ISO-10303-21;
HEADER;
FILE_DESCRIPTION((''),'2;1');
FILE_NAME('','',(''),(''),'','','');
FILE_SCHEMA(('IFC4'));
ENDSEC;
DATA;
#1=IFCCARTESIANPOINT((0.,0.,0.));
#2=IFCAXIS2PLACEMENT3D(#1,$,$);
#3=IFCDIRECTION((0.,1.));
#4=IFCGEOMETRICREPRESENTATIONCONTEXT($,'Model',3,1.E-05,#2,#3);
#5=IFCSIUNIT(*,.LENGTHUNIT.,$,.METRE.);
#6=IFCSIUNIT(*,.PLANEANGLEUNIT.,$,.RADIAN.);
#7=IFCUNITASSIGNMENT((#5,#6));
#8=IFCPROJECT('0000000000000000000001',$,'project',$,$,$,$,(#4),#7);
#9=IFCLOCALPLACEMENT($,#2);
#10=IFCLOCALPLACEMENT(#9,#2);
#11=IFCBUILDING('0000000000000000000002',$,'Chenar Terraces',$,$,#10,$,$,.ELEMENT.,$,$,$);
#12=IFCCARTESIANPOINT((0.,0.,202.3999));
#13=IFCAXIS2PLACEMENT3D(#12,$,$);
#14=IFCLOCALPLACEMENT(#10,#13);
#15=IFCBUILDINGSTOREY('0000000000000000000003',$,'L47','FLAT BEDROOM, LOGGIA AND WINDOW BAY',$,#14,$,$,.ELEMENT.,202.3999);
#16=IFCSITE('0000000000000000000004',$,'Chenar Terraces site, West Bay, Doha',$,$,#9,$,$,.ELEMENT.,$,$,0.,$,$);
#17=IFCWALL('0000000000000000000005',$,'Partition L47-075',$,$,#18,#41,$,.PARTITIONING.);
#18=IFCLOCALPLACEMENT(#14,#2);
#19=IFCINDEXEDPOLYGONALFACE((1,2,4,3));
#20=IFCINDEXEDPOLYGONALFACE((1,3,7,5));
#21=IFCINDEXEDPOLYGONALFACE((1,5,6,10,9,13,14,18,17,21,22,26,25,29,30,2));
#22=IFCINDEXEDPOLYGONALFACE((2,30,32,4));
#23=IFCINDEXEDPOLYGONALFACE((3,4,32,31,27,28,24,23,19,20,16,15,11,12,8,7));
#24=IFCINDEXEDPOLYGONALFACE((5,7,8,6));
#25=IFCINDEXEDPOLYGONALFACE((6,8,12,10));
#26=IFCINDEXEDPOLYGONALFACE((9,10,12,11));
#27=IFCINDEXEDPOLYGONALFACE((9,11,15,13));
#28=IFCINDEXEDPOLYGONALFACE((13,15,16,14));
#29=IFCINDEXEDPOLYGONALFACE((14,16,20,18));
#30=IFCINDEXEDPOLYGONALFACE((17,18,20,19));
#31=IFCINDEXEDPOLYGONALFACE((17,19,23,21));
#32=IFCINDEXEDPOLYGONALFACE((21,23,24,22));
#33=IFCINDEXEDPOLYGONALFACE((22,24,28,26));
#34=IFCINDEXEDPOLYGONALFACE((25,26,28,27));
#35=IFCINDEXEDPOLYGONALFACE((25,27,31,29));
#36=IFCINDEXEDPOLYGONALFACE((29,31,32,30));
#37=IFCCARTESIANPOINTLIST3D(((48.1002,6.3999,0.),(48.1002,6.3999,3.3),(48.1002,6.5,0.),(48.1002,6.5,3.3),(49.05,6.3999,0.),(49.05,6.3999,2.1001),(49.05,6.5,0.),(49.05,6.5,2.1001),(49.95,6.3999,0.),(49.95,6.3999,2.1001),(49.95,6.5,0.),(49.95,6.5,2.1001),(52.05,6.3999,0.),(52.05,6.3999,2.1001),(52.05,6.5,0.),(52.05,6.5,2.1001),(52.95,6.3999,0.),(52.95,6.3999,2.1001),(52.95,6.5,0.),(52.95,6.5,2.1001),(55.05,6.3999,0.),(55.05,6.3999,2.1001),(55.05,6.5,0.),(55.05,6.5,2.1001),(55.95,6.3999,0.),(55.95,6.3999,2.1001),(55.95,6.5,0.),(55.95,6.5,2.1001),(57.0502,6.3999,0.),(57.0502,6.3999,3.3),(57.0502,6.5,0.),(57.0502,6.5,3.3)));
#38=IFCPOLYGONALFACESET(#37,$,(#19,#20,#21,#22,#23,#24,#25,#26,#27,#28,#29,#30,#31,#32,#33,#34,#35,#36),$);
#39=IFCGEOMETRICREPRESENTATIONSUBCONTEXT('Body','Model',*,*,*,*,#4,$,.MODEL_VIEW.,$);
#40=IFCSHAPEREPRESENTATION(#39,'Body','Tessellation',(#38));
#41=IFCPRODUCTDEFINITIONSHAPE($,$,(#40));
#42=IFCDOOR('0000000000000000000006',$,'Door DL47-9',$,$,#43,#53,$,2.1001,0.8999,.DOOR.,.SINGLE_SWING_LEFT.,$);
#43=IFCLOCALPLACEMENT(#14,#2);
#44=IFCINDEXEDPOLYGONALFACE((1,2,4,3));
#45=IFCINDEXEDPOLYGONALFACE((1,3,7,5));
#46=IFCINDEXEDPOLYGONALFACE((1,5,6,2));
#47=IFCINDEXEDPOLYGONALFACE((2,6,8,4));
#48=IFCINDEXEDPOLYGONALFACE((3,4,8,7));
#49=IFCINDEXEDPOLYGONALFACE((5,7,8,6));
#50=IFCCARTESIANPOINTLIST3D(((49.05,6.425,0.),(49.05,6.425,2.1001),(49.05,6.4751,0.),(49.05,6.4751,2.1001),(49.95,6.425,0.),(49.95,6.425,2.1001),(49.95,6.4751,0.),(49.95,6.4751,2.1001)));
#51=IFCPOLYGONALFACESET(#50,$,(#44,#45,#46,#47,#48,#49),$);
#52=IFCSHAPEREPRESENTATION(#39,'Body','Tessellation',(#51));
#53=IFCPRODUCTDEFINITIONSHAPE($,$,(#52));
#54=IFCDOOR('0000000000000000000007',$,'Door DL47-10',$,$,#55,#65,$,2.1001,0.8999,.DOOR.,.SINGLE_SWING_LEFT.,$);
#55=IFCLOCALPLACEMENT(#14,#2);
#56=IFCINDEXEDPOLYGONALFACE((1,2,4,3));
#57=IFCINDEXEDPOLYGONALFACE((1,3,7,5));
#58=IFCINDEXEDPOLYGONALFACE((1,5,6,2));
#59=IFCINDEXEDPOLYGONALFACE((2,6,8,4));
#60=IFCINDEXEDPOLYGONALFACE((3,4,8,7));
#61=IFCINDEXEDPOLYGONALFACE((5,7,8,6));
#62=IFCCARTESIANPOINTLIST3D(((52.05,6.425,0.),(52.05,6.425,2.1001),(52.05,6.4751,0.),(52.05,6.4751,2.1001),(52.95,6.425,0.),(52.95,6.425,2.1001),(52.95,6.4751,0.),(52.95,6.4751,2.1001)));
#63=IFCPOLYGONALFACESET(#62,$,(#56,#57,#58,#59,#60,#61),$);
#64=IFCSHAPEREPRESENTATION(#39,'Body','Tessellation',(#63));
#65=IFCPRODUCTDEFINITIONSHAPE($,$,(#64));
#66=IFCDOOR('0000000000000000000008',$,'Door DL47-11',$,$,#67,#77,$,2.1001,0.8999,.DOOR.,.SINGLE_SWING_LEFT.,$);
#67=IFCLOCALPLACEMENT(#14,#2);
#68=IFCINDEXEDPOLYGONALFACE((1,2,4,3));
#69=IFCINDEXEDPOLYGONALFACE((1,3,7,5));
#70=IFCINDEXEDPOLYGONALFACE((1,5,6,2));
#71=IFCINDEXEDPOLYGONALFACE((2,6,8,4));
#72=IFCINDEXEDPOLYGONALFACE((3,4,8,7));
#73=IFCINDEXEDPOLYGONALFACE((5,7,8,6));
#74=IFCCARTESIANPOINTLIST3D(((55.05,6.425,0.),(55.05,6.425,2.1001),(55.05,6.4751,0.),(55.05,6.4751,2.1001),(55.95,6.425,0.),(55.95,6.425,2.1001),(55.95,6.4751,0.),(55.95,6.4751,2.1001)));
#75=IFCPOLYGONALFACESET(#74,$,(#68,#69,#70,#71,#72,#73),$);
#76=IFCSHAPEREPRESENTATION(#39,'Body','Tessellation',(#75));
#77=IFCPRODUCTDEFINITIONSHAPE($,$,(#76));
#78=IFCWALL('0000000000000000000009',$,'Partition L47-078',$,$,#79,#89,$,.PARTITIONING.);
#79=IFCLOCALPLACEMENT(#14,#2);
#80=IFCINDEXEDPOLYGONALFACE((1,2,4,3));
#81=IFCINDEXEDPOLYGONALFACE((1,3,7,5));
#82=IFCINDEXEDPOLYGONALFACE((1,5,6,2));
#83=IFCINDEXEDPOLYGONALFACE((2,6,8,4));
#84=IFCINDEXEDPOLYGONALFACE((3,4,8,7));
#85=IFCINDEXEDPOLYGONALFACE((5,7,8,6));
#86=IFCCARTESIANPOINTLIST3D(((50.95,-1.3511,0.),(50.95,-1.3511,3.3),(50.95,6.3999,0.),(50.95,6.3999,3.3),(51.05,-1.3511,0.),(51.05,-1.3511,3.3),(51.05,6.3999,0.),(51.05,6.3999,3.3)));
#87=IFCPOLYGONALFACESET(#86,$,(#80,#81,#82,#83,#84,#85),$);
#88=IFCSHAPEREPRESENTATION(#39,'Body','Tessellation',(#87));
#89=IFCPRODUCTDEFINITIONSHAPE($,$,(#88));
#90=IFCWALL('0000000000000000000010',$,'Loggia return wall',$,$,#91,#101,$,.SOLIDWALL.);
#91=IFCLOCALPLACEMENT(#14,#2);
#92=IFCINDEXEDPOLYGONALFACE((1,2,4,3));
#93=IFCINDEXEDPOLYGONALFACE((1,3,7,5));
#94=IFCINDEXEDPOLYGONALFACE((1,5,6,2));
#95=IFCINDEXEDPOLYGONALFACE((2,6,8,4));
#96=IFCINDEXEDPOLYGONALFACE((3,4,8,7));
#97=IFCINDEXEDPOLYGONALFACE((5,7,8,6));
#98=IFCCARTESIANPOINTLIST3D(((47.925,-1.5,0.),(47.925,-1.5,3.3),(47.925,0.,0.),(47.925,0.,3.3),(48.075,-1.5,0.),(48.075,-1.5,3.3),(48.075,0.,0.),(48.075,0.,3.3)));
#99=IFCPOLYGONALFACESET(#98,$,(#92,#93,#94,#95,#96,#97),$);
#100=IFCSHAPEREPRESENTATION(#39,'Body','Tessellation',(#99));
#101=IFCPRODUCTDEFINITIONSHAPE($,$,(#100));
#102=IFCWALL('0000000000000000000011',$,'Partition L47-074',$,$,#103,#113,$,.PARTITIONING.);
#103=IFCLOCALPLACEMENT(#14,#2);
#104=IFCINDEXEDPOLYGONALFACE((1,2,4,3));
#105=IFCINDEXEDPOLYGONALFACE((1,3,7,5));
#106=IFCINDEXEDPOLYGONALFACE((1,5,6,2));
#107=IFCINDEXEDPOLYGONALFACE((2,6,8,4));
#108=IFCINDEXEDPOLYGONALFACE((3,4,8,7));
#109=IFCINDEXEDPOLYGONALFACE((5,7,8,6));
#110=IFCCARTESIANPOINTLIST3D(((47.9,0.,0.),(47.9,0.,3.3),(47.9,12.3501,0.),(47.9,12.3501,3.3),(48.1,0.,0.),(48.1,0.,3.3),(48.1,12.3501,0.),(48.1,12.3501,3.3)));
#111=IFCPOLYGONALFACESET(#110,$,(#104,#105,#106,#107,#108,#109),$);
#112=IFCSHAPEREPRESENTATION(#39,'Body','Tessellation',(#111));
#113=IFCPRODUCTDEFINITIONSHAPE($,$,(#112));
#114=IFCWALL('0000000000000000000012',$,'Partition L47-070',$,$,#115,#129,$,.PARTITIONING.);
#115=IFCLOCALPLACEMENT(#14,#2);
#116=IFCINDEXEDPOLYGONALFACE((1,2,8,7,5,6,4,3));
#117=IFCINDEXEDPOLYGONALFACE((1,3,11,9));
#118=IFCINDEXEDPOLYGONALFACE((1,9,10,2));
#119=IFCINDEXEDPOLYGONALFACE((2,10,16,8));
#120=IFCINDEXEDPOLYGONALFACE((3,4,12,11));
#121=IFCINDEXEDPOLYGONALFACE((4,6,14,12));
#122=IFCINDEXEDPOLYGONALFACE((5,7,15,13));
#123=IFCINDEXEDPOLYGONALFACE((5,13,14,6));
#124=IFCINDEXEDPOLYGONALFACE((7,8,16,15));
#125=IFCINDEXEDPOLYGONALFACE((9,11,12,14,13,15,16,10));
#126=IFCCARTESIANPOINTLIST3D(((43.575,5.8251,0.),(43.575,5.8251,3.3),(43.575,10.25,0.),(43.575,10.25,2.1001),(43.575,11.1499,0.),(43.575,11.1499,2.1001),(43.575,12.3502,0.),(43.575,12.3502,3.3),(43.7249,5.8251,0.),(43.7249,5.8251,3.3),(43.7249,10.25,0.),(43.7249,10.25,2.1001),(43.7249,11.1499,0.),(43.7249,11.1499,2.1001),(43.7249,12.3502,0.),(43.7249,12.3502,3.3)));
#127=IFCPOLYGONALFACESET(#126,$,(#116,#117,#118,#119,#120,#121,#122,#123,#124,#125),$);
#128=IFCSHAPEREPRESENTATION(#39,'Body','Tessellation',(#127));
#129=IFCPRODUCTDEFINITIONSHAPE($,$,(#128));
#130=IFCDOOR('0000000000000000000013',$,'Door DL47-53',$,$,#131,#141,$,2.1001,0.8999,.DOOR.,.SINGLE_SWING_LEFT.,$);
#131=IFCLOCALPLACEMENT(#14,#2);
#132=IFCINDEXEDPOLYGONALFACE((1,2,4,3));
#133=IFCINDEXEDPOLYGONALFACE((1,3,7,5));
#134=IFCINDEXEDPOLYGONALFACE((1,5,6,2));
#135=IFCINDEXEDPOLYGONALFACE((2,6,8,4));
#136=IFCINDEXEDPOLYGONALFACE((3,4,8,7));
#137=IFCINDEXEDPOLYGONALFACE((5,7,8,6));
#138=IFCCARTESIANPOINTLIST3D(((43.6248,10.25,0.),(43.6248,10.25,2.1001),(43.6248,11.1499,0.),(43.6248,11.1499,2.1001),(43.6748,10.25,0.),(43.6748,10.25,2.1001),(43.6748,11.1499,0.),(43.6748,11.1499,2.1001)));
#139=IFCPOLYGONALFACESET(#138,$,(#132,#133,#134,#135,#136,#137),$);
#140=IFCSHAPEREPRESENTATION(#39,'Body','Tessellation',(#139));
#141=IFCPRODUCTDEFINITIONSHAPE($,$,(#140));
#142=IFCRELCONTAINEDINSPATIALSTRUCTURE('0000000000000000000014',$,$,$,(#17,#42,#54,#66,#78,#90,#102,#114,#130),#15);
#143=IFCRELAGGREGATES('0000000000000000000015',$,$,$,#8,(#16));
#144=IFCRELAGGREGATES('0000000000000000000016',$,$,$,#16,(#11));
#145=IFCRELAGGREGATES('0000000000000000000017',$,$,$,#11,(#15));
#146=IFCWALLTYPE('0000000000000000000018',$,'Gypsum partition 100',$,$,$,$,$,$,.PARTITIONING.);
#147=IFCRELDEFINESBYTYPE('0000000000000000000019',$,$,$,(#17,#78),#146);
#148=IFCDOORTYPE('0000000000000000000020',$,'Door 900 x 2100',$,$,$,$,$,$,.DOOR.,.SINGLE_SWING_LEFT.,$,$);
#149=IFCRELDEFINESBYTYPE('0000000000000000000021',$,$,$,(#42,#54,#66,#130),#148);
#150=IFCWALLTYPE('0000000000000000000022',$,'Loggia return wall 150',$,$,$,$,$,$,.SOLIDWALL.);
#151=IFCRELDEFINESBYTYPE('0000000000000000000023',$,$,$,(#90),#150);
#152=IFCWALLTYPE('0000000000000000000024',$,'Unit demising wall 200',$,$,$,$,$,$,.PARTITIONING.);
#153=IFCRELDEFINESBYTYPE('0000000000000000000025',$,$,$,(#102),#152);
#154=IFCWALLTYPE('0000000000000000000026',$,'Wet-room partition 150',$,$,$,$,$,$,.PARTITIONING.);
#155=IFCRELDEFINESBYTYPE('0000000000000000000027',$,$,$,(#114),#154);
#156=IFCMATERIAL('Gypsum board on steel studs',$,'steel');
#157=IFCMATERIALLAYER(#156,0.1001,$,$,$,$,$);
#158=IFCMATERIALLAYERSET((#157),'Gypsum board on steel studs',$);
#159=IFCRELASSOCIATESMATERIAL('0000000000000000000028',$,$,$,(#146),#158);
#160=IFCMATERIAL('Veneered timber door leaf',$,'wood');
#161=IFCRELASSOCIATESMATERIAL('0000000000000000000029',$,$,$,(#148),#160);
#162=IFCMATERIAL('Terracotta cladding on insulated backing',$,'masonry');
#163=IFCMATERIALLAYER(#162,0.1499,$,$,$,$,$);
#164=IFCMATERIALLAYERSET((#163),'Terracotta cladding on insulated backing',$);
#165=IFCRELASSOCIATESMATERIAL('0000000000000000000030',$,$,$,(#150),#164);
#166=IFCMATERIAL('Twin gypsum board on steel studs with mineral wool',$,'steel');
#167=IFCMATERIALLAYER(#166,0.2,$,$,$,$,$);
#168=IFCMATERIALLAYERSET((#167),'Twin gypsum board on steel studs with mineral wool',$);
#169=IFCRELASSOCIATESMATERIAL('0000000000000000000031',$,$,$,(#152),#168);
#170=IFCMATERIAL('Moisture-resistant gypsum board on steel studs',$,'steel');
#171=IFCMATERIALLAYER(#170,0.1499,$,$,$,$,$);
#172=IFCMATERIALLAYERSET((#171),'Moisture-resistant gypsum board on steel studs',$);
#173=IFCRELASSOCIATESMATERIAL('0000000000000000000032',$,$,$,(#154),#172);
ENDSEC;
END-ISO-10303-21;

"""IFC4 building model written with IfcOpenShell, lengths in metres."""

from ifc_helpers import new_model, si_unit, direction, frame, frame_2d, origin, place, context, subcontext, project, spatial, rectangle, extrude, material, layer, layer_set, type_object, element, fill, save


model = new_model("IFC4")

# Units and contexts
model_context = context("Model", 3, precision=1e-05, world=origin(), true_north=direction((0.0, 1.0)))
body_context = subcontext(model_context, "Body", "Model", "MODEL_VIEW")
ifc_project = project(units=[si_unit("LENGTHUNIT", "METRE"), si_unit("PLANEANGLEUNIT", "RADIAN")], contexts=[model_context])

# Site, building, storey
site_placement = place(None, origin())
site = spatial("IfcSite", under=ifc_project, at=site_placement, Name="Chenar Terraces site, West Bay, Doha", CompositionType="ELEMENT", RefElevation=0.0)
building_placement = place(site_placement, origin())
building = spatial("IfcBuilding", under=site, at=building_placement, Name="Chenar Terraces", CompositionType="ELEMENT")
storey_placement = place(building_placement, frame((0.0, 0.0, 202.3999)))
storey = spatial("IfcBuildingStorey", under=building, at=storey_placement, Name="L47", Description="FLAT BEDROOM, LOGGIA AND WINDOW BAY", CompositionType="ELEMENT", Elevation=202.3999)

# Wall, openings, doors
ifc_material_1 = material(Name="Gypsum board on steel studs", Category="steel")
ifc_layer_1 = layer(ifc_material_1, 0.1001)
ifc_layer_set_1 = layer_set([ifc_layer_1], Name="Gypsum board on steel studs")
wall_type_1 = type_object("IfcWallType", Name="Gypsum partition 100", PredefinedType="PARTITIONING", material=ifc_layer_set_1)
wall_1_placement = place(storey_placement, frame((48.1001, 6.45, 0.0), z_axis=(0.0, 0.0, 1.0), x_axis=(1.0, 0.0, 0.0)))
wall_1 = element("IfcWall", 1, at=wall_1_placement, inside=storey, type_object=wall_type_1, Name="Partition L47-075", PredefinedType="PARTITIONING", context=body_context, shape_type="SweptSolid", body=[
    extrude(rectangle(XDim=8.95, YDim=0.1001, at=frame_2d((4.4751, 0.0))), origin(), (0.0, 0.0, 1.0), 3.3),
])
opening_1_placement = place(wall_1_placement, frame((0.95, 0.0, 0.0)))
opening_1 = element("IfcOpeningElement", 2, at=opening_1_placement, cuts=wall_1, PredefinedType="OPENING", context=body_context, shape_type="SweptSolid", body=[
    extrude(rectangle(XDim=0.8999, YDim=2.1001, at=frame_2d((0.45, 1.05))), frame((0.0, 0.0601, 0.0), z_axis=(0.0, -1.0, 0.0), x_axis=(1.0, 0.0, 0.0)), (0.0, 0.0, 1.0), 0.1201),
])
opening_2_placement = place(wall_1_placement, frame((3.95, 0.0, 0.0)))
opening_2 = element("IfcOpeningElement", 3, at=opening_2_placement, cuts=wall_1, PredefinedType="OPENING", context=body_context, shape_type="SweptSolid", body=[
    extrude(rectangle(XDim=0.8999, YDim=2.1001, at=frame_2d((0.45, 1.05))), frame((0.0, 0.0601, 0.0), z_axis=(0.0, -1.0, 0.0), x_axis=(1.0, 0.0, 0.0)), (0.0, 0.0, 1.0), 0.1201),
])
opening_3_placement = place(wall_1_placement, frame((6.95, 0.0, 0.0)))
opening_3 = element("IfcOpeningElement", 4, at=opening_3_placement, cuts=wall_1, PredefinedType="OPENING", context=body_context, shape_type="SweptSolid", body=[
    extrude(rectangle(XDim=0.8999, YDim=2.1001, at=frame_2d((0.45, 1.05))), frame((0.0, 0.0601, 0.0), z_axis=(0.0, -1.0, 0.0), x_axis=(1.0, 0.0, 0.0)), (0.0, 0.0, 1.0), 0.1201),
])
ifc_material_2 = material(Name="Veneered timber door leaf", Category="wood")
door_type_1 = type_object("IfcDoorType", Name="Door 900 x 2100", OperationType="SINGLE_SWING_LEFT", PredefinedType="DOOR", material=ifc_material_2)
door_1_placement = place(opening_1_placement, frame((0.8999, 0.0, 0.0), z_axis=(0.0, 0.0, 1.0), x_axis=(-1.0, 0.0, 0.0)))
door_1 = element("IfcDoor", 5, at=door_1_placement, inside=storey, type_object=door_type_1, Name="Door DL47-9", OperationType="SINGLE_SWING_LEFT", OverallHeight=2.1001, OverallWidth=0.8999, PredefinedType="DOOR", context=body_context, shape_type="SweptSolid", body=[
    extrude(rectangle(XDim=0.8999, YDim=2.1001, at=frame_2d((0.45, 1.05))), frame((0.0, 0.0249, 0.0), z_axis=(0.0, -1.0, 0.0), x_axis=(1.0, 0.0, 0.0)), (0.0, 0.0, 1.0), 0.05),
])
fill(opening_1, door_1)
door_2_placement = place(opening_2_placement, frame((0.8999, 0.0, 0.0), z_axis=(0.0, 0.0, 1.0), x_axis=(-1.0, 0.0, 0.0)))
door_2 = element("IfcDoor", 6, at=door_2_placement, inside=storey, type_object=door_type_1, Name="Door DL47-10", OperationType="SINGLE_SWING_LEFT", OverallHeight=2.1001, OverallWidth=0.8999, PredefinedType="DOOR", context=body_context, shape_type="SweptSolid", body=[
    extrude(rectangle(XDim=0.8999, YDim=2.1001, at=frame_2d((0.45, 1.05))), frame((0.0, 0.0249, 0.0), z_axis=(0.0, -1.0, 0.0), x_axis=(1.0, 0.0, 0.0)), (0.0, 0.0, 1.0), 0.05),
])
fill(opening_2, door_2)
door_3_placement = place(opening_3_placement, frame((0.8999, 0.0, 0.0), z_axis=(0.0, 0.0, 1.0), x_axis=(-1.0, 0.0, 0.0)))
door_3 = element("IfcDoor", 7, at=door_3_placement, inside=storey, type_object=door_type_1, Name="Door DL47-11", OperationType="SINGLE_SWING_LEFT", OverallHeight=2.1001, OverallWidth=0.8999, PredefinedType="DOOR", context=body_context, shape_type="SweptSolid", body=[
    extrude(rectangle(XDim=0.8999, YDim=2.1001, at=frame_2d((0.45, 1.05))), frame((0.0, 0.0249, 0.0), z_axis=(0.0, -1.0, 0.0), x_axis=(1.0, 0.0, 0.0)), (0.0, 0.0, 1.0), 0.05),
])
fill(opening_3, door_3)

# Walls
wall_2_placement = place(storey_placement, frame((51.0, -1.3511, 0.0), z_axis=(0.0, 0.0, 1.0), x_axis=(0.0, 1.0, 0.0)))
element("IfcWall", 8, at=wall_2_placement, inside=storey, type_object=wall_type_1, Name="Partition L47-078", PredefinedType="PARTITIONING", context=body_context, shape_type="SweptSolid", body=[
    extrude(rectangle(XDim=7.751, YDim=0.1001, at=frame_2d((3.8755, 0.0))), origin(), (0.0, 0.0, 1.0), 3.3),
])
ifc_material_3 = material(Name="Terracotta cladding on insulated backing", Category="masonry")
ifc_layer_2 = layer(ifc_material_3, 0.1499)
ifc_layer_set_2 = layer_set([ifc_layer_2], Name="Terracotta cladding on insulated backing")
wall_type_2 = type_object("IfcWallType", Name="Loggia return wall 150", PredefinedType="SOLIDWALL", material=ifc_layer_set_2)
wall_3_placement = place(storey_placement, frame((48.0, -1.5, 0.0), z_axis=(0.0, 0.0, 1.0), x_axis=(0.0, 1.0, 0.0)))
element("IfcWall", 9, at=wall_3_placement, inside=storey, type_object=wall_type_2, Name="Loggia return wall", PredefinedType="SOLIDWALL", context=body_context, shape_type="SweptSolid", body=[
    extrude(rectangle(XDim=1.5, YDim=0.1499, at=frame_2d((0.75, 0.0))), origin(), (0.0, 0.0, 1.0), 3.3),
])
ifc_material_4 = material(Name="Twin gypsum board on steel studs with mineral wool", Category="steel")
ifc_layer_3 = layer(ifc_material_4, 0.2)
ifc_layer_set_3 = layer_set([ifc_layer_3], Name="Twin gypsum board on steel studs with mineral wool")
wall_type_3 = type_object("IfcWallType", Name="Unit demising wall 200", PredefinedType="PARTITIONING", material=ifc_layer_set_3)
wall_4_placement = place(storey_placement, frame((48.0, 0.0, 0.0), z_axis=(0.0, 0.0, 1.0), x_axis=(0.0, 1.0, 0.0)))
element("IfcWall", 10, at=wall_4_placement, inside=storey, type_object=wall_type_3, Name="Partition L47-074", PredefinedType="PARTITIONING", context=body_context, shape_type="SweptSolid", body=[
    extrude(rectangle(XDim=12.3501, YDim=0.2, at=frame_2d((6.175, 0.0))), origin(), (0.0, 0.0, 1.0), 3.3),
])

# Wall, opening, door
ifc_material_5 = material(Name="Moisture-resistant gypsum board on steel studs", Category="steel")
ifc_layer_4 = layer(ifc_material_5, 0.1499)
ifc_layer_set_4 = layer_set([ifc_layer_4], Name="Moisture-resistant gypsum board on steel studs")
wall_type_4 = type_object("IfcWallType", Name="Wet-room partition 150", PredefinedType="PARTITIONING", material=ifc_layer_set_4)
wall_5_placement = place(storey_placement, frame((43.6499, 5.825, 0.0), z_axis=(0.0, 0.0, 1.0), x_axis=(0.0, 1.0, 0.0)))
wall_5 = element("IfcWall", 11, at=wall_5_placement, inside=storey, type_object=wall_type_4, Name="Partition L47-070", PredefinedType="PARTITIONING", context=body_context, shape_type="SweptSolid", body=[
    extrude(rectangle(XDim=6.5251, YDim=0.1499, at=frame_2d((3.2627, 0.0))), origin(), (0.0, 0.0, 1.0), 3.3),
])
opening_4_placement = place(wall_5_placement, frame((4.425, 0.0, 0.0)))
opening_4 = element("IfcOpeningElement", 12, at=opening_4_placement, cuts=wall_5, PredefinedType="OPENING", context=body_context, shape_type="SweptSolid", body=[
    extrude(rectangle(XDim=0.8999, YDim=2.1001, at=frame_2d((0.45, 1.05))), frame((0.0, 0.085, 0.0), z_axis=(0.0, -1.0, 0.0), x_axis=(1.0, 0.0, 0.0)), (0.0, 0.0, 1.0), 0.1699),
])
door_4_placement = place(opening_4_placement, frame((0.8999, 0.0, 0.0), z_axis=(0.0, 0.0, 1.0), x_axis=(-1.0, 0.0, 0.0)))
door_4 = element("IfcDoor", 13, at=door_4_placement, inside=storey, type_object=door_type_1, Name="Door DL47-53", OperationType="SINGLE_SWING_LEFT", OverallHeight=2.1001, OverallWidth=0.8999, PredefinedType="DOOR", context=body_context, shape_type="SweptSolid", body=[
    extrude(rectangle(XDim=0.8999, YDim=2.1001, at=frame_2d((0.45, 1.05))), frame((0.0, 0.0249, 0.0), z_axis=(0.0, -1.0, 0.0), x_axis=(1.0, 0.0, 0.0)), (0.0, 0.0, 1.0), 0.05),
])
fill(opening_4, door_4)

save(model, "model.ifc")
